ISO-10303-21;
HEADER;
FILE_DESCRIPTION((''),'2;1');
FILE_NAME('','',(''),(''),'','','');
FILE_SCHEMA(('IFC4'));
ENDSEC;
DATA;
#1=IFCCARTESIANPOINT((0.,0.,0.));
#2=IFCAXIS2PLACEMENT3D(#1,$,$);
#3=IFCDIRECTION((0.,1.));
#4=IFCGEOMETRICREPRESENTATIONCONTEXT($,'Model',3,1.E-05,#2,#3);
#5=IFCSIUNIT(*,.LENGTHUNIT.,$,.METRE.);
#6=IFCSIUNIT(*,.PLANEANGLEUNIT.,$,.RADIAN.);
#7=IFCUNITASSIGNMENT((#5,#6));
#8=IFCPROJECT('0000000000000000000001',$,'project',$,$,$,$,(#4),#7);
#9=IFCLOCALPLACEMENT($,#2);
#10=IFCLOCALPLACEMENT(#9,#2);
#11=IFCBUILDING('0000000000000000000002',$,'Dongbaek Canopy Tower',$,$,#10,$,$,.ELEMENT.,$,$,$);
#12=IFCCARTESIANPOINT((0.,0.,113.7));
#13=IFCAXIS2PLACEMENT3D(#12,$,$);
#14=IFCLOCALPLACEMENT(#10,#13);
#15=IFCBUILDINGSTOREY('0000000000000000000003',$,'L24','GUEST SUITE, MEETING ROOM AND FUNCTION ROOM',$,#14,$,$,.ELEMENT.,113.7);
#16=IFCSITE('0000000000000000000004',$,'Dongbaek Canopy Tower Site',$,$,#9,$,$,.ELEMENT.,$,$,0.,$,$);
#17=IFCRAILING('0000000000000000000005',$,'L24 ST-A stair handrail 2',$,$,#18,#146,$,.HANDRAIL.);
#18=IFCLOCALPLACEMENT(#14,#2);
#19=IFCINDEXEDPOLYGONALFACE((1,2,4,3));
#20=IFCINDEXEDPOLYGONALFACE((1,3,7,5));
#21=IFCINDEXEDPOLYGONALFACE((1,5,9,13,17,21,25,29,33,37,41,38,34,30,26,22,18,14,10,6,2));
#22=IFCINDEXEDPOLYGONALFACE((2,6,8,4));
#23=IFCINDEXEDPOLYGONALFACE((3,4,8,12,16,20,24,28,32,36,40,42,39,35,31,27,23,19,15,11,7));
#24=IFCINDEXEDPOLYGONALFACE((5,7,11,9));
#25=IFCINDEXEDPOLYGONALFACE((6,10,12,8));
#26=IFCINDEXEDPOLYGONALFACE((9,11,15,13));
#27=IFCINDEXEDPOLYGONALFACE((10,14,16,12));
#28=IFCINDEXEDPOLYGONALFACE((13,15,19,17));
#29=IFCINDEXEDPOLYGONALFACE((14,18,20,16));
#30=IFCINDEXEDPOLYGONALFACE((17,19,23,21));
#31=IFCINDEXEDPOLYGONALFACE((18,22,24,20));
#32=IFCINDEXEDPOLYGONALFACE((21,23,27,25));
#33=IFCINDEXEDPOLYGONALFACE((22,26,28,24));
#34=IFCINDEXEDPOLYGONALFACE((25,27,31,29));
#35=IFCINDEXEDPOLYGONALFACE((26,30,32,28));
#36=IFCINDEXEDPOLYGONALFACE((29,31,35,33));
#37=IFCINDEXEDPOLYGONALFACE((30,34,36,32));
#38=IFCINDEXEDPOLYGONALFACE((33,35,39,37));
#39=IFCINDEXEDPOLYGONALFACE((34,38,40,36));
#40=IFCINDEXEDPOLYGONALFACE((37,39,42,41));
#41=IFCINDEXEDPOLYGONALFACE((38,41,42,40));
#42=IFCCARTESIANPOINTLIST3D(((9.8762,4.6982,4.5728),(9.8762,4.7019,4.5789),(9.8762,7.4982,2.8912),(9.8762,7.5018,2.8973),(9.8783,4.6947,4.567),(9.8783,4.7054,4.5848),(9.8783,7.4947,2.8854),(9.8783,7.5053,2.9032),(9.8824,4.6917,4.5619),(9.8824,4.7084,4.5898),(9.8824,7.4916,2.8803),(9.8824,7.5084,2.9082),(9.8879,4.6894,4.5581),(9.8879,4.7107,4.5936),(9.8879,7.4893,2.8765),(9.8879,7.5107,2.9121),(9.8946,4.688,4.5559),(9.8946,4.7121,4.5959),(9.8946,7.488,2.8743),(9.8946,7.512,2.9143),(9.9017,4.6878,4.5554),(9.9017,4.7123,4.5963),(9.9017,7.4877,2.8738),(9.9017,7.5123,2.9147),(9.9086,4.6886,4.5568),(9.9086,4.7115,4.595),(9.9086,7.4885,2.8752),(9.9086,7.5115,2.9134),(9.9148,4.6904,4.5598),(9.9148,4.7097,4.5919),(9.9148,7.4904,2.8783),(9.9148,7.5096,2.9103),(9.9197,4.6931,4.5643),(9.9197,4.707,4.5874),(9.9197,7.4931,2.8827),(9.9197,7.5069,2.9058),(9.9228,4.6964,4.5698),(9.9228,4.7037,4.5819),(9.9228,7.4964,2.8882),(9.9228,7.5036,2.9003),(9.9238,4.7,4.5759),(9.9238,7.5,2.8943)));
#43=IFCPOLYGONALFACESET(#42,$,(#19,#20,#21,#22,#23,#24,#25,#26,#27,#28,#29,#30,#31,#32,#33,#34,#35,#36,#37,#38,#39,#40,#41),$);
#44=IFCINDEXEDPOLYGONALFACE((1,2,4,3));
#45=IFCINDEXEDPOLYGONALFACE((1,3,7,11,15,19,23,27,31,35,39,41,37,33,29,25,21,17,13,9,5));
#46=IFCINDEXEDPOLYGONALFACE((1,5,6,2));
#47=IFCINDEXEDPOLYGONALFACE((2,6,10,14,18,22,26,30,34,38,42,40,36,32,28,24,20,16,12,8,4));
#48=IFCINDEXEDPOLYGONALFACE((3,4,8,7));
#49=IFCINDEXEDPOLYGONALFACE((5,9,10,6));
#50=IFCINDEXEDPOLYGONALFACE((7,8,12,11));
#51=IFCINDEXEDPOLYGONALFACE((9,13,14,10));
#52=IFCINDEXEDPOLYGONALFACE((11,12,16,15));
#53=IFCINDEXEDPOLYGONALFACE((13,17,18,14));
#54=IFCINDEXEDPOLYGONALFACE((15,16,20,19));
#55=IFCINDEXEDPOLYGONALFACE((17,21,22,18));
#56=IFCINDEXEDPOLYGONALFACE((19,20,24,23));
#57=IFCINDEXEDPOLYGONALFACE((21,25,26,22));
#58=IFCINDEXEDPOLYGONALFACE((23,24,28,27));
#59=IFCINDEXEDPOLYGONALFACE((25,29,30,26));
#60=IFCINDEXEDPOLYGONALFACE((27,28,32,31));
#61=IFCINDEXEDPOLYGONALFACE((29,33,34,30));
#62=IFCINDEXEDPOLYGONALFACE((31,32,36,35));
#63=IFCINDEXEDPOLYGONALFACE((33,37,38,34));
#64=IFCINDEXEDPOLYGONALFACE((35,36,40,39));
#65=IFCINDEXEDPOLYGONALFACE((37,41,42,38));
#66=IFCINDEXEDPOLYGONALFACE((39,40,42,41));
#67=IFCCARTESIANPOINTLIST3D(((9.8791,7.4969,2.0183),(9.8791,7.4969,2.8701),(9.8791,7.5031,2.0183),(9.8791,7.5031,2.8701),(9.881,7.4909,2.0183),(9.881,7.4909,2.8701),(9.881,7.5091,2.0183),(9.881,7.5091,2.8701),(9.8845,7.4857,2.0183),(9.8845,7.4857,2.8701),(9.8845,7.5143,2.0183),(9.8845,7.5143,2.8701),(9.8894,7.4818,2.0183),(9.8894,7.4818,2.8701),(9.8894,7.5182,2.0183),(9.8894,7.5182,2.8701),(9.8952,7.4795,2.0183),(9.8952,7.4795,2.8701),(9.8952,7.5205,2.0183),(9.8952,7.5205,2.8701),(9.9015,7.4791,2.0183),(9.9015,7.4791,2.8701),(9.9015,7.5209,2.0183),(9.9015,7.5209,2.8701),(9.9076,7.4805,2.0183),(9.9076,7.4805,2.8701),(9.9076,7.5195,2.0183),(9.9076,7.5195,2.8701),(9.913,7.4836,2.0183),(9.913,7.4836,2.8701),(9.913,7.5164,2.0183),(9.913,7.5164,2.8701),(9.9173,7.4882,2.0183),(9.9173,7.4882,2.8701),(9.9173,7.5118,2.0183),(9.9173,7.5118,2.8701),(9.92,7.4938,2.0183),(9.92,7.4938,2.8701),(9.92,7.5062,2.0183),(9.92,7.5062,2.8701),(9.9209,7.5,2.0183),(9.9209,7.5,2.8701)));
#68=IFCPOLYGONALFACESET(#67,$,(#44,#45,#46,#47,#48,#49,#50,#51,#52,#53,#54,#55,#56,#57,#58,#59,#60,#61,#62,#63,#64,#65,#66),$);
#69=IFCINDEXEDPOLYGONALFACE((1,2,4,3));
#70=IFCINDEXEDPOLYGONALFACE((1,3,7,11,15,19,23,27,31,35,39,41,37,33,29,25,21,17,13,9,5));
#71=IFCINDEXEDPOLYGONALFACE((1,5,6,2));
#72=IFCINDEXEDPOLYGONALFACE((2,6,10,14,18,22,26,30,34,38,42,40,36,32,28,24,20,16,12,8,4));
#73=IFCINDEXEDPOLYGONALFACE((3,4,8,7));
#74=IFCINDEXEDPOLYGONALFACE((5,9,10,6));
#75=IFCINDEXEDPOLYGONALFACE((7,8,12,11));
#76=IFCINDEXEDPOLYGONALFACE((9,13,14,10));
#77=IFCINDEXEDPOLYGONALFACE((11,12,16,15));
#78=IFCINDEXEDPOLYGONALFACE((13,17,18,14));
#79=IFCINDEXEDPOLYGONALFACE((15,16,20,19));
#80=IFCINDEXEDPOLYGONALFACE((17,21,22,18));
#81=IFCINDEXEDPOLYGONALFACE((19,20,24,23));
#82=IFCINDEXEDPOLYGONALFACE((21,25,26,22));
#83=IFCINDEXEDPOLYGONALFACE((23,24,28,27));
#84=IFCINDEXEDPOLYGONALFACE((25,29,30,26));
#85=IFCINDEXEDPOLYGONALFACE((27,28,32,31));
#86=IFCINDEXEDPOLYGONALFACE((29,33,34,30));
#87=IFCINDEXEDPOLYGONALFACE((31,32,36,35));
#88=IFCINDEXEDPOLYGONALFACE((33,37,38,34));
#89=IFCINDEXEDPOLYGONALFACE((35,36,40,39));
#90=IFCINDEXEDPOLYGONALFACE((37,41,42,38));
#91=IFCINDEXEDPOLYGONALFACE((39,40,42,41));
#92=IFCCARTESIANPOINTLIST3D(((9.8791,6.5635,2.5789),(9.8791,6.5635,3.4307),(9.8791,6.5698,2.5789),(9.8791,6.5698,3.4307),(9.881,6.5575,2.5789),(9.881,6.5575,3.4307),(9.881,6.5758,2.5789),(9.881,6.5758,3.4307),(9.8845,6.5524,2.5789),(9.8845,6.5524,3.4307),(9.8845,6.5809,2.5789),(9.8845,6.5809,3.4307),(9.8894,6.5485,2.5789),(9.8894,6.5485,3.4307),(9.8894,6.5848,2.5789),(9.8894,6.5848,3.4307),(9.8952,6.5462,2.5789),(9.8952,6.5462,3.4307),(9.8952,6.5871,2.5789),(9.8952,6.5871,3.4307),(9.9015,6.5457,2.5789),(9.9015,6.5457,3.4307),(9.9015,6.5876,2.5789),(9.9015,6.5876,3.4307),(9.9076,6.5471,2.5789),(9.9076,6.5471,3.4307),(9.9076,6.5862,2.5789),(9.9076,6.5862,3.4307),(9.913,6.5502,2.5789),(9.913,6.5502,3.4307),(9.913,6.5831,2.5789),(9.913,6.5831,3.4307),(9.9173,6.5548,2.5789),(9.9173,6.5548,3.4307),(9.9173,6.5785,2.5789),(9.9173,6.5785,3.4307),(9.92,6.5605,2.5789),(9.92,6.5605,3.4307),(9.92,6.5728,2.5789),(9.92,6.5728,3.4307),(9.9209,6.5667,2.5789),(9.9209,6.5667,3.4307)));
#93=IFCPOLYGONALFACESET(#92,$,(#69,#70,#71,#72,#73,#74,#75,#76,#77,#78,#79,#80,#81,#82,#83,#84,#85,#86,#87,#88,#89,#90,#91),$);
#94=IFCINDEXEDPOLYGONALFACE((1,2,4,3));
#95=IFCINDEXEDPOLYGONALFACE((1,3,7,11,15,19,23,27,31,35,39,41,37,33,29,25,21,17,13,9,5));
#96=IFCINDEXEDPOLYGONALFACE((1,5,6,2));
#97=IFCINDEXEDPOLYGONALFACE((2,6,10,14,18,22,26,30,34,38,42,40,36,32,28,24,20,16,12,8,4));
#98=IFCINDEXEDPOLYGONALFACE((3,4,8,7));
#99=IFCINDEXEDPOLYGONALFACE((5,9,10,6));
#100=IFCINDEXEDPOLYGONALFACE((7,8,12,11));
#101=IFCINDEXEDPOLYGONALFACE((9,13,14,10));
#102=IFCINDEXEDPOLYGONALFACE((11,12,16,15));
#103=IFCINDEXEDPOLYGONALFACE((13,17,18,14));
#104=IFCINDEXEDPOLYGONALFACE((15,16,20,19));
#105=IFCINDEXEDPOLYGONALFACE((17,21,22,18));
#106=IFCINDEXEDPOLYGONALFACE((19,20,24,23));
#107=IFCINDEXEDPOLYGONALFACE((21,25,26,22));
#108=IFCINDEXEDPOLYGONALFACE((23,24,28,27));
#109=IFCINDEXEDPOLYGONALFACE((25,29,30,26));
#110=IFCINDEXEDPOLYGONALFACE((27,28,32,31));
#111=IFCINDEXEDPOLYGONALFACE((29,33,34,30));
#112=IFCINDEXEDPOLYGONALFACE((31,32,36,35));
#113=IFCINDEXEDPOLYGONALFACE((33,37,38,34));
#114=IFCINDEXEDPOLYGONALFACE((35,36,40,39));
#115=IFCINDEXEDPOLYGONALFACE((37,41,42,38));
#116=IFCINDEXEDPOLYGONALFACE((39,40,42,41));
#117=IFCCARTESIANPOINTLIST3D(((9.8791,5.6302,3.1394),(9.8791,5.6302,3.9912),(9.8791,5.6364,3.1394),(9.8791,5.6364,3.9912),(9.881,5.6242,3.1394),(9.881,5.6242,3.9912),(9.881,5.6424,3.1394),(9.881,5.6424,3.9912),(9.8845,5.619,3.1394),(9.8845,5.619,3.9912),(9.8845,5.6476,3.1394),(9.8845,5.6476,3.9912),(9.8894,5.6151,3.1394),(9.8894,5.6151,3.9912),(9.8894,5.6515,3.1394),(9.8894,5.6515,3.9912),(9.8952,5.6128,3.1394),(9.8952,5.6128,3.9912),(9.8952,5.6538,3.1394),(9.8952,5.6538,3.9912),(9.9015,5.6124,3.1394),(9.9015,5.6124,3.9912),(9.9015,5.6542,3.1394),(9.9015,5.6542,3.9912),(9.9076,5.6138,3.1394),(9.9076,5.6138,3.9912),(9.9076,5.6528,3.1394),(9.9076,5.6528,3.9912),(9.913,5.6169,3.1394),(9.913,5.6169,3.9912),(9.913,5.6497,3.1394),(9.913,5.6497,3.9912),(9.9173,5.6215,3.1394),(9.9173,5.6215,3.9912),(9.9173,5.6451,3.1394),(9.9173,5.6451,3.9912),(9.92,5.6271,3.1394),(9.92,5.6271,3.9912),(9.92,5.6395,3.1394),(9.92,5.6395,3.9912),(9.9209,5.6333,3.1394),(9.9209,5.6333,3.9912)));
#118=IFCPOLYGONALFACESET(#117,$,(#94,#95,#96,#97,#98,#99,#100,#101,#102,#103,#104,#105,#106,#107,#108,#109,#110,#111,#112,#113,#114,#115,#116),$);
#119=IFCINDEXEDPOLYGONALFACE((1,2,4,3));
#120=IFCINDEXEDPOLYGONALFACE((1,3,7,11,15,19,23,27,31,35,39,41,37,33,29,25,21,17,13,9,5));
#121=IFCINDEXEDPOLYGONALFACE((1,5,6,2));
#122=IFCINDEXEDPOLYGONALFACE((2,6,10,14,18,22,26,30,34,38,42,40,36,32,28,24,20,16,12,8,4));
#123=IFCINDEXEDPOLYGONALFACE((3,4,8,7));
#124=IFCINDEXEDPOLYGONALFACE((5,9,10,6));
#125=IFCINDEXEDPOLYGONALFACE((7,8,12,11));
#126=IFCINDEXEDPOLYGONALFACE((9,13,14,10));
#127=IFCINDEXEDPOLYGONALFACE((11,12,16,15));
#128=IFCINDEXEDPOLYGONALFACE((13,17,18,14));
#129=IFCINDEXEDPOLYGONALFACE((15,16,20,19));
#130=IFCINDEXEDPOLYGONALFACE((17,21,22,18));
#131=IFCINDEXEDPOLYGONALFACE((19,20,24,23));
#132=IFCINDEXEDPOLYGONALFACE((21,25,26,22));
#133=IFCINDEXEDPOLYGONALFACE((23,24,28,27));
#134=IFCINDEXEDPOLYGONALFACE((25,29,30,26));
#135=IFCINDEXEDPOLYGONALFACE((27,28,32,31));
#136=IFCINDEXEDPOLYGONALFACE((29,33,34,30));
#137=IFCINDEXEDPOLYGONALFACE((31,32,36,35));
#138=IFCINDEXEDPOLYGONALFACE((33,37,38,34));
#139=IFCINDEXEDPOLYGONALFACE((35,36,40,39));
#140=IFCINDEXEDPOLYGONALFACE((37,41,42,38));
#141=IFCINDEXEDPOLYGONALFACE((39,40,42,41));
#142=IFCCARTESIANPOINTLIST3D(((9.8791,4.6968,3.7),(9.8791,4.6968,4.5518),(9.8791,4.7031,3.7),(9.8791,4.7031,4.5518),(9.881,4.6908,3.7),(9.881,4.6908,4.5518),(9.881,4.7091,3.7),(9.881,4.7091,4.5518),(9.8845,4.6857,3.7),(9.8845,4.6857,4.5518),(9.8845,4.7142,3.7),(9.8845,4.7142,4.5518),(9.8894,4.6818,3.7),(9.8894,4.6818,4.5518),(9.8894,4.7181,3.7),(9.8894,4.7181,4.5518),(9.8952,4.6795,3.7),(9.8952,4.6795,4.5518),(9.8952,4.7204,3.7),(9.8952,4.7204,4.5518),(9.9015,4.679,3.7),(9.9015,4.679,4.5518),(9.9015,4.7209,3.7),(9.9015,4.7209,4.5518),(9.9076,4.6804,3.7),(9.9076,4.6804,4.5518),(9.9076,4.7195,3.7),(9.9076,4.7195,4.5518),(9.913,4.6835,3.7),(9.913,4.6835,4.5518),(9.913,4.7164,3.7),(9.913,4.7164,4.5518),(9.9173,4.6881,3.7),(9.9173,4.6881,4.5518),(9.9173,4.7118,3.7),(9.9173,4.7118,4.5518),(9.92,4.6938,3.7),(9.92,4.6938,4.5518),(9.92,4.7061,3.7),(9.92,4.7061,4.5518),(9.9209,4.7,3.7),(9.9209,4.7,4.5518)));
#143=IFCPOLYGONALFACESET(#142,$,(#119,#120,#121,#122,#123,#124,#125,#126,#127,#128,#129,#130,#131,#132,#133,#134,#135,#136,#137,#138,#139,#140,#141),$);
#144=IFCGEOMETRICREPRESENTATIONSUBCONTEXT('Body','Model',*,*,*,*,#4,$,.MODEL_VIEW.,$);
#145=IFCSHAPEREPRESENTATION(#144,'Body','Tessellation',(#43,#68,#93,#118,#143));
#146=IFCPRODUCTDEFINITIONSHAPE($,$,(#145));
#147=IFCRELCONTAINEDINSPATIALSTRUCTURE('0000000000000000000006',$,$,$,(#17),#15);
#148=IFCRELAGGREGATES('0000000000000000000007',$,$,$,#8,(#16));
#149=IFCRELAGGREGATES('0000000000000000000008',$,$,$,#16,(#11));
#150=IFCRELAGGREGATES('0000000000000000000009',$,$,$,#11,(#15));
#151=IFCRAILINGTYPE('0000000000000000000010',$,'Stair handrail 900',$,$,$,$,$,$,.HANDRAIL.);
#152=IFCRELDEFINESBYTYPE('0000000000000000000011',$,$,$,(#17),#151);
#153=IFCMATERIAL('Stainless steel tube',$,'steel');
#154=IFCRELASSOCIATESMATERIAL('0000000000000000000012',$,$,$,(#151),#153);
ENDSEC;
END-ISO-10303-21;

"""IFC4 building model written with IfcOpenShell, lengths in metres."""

from ifc_helpers import new_model, si_unit, direction, frame, origin, origin_2d, place, context, subcontext, project, spatial, circle, extrude, material, type_object, element, save


model = new_model("IFC4")

# Units and contexts
model_context = context("Model", 3, precision=1e-05, world=origin(), true_north=direction((0.0, 1.0)))
body_context = subcontext(model_context, "Body", "Model", "MODEL_VIEW")
ifc_project = project(units=[si_unit("LENGTHUNIT", "METRE"), si_unit("PLANEANGLEUNIT", "RADIAN")], contexts=[model_context])

# Site, building, storey
site_placement = place(None, origin())
site = spatial("IfcSite", under=ifc_project, at=site_placement, Name="Dongbaek Canopy Tower Site", CompositionType="ELEMENT", RefElevation=0.0)
building_placement = place(site_placement, origin())
building = spatial("IfcBuilding", under=site, at=building_placement, Name="Dongbaek Canopy Tower", CompositionType="ELEMENT")
storey_placement = place(building_placement, frame((0.0, 0.0, 113.7)))
storey = spatial("IfcBuildingStorey", under=building, at=storey_placement, Name="L24", Description="GUEST SUITE, MEETING ROOM AND FUNCTION ROOM", CompositionType="ELEMENT", Elevation=113.7)

# Railing
ifc_material_1 = material(Name="Stainless steel tube", Category="steel")
railing_type_1 = type_object("IfcRailingType", Name="Stair handrail 900", PredefinedType="HANDRAIL", material=ifc_material_1)
railing_1_placement = place(storey_placement, frame((9.8999, 7.5, 2.0183)))
element("IfcRailing", 1, at=railing_1_placement, inside=storey, type_object=railing_type_1, Name="L24 ST-A stair handrail 2", PredefinedType="HANDRAIL", context=body_context, shape_type="SweptSolid", body=[
    extrude(circle(Radius=0.0239, at=origin_2d()), frame((0.0, 0.0, 0.876), z_axis=(0.0, -0.857275, 0.514858), x_axis=(1.0, 0.0, 0.0)), (0.0, 0.0, 1.0), 3.2661),
    extrude(circle(Radius=0.021, at=origin_2d()), origin(), (0.0, 0.0, 1.0), 0.8518),
    extrude(circle(Radius=0.021, at=origin_2d()), frame((0.0, -0.9333, 0.5605)), (0.0, 0.0, 1.0), 0.8518),
    extrude(circle(Radius=0.021, at=origin_2d()), frame((0.0, -1.8667, 1.1211)), (0.0, 0.0, 1.0), 0.8518),
    extrude(circle(Radius=0.021, at=origin_2d()), frame((0.0, -2.8, 1.6816)), (0.0, 0.0, 1.0), 0.8518),
])

save(model, "model.ifc")
